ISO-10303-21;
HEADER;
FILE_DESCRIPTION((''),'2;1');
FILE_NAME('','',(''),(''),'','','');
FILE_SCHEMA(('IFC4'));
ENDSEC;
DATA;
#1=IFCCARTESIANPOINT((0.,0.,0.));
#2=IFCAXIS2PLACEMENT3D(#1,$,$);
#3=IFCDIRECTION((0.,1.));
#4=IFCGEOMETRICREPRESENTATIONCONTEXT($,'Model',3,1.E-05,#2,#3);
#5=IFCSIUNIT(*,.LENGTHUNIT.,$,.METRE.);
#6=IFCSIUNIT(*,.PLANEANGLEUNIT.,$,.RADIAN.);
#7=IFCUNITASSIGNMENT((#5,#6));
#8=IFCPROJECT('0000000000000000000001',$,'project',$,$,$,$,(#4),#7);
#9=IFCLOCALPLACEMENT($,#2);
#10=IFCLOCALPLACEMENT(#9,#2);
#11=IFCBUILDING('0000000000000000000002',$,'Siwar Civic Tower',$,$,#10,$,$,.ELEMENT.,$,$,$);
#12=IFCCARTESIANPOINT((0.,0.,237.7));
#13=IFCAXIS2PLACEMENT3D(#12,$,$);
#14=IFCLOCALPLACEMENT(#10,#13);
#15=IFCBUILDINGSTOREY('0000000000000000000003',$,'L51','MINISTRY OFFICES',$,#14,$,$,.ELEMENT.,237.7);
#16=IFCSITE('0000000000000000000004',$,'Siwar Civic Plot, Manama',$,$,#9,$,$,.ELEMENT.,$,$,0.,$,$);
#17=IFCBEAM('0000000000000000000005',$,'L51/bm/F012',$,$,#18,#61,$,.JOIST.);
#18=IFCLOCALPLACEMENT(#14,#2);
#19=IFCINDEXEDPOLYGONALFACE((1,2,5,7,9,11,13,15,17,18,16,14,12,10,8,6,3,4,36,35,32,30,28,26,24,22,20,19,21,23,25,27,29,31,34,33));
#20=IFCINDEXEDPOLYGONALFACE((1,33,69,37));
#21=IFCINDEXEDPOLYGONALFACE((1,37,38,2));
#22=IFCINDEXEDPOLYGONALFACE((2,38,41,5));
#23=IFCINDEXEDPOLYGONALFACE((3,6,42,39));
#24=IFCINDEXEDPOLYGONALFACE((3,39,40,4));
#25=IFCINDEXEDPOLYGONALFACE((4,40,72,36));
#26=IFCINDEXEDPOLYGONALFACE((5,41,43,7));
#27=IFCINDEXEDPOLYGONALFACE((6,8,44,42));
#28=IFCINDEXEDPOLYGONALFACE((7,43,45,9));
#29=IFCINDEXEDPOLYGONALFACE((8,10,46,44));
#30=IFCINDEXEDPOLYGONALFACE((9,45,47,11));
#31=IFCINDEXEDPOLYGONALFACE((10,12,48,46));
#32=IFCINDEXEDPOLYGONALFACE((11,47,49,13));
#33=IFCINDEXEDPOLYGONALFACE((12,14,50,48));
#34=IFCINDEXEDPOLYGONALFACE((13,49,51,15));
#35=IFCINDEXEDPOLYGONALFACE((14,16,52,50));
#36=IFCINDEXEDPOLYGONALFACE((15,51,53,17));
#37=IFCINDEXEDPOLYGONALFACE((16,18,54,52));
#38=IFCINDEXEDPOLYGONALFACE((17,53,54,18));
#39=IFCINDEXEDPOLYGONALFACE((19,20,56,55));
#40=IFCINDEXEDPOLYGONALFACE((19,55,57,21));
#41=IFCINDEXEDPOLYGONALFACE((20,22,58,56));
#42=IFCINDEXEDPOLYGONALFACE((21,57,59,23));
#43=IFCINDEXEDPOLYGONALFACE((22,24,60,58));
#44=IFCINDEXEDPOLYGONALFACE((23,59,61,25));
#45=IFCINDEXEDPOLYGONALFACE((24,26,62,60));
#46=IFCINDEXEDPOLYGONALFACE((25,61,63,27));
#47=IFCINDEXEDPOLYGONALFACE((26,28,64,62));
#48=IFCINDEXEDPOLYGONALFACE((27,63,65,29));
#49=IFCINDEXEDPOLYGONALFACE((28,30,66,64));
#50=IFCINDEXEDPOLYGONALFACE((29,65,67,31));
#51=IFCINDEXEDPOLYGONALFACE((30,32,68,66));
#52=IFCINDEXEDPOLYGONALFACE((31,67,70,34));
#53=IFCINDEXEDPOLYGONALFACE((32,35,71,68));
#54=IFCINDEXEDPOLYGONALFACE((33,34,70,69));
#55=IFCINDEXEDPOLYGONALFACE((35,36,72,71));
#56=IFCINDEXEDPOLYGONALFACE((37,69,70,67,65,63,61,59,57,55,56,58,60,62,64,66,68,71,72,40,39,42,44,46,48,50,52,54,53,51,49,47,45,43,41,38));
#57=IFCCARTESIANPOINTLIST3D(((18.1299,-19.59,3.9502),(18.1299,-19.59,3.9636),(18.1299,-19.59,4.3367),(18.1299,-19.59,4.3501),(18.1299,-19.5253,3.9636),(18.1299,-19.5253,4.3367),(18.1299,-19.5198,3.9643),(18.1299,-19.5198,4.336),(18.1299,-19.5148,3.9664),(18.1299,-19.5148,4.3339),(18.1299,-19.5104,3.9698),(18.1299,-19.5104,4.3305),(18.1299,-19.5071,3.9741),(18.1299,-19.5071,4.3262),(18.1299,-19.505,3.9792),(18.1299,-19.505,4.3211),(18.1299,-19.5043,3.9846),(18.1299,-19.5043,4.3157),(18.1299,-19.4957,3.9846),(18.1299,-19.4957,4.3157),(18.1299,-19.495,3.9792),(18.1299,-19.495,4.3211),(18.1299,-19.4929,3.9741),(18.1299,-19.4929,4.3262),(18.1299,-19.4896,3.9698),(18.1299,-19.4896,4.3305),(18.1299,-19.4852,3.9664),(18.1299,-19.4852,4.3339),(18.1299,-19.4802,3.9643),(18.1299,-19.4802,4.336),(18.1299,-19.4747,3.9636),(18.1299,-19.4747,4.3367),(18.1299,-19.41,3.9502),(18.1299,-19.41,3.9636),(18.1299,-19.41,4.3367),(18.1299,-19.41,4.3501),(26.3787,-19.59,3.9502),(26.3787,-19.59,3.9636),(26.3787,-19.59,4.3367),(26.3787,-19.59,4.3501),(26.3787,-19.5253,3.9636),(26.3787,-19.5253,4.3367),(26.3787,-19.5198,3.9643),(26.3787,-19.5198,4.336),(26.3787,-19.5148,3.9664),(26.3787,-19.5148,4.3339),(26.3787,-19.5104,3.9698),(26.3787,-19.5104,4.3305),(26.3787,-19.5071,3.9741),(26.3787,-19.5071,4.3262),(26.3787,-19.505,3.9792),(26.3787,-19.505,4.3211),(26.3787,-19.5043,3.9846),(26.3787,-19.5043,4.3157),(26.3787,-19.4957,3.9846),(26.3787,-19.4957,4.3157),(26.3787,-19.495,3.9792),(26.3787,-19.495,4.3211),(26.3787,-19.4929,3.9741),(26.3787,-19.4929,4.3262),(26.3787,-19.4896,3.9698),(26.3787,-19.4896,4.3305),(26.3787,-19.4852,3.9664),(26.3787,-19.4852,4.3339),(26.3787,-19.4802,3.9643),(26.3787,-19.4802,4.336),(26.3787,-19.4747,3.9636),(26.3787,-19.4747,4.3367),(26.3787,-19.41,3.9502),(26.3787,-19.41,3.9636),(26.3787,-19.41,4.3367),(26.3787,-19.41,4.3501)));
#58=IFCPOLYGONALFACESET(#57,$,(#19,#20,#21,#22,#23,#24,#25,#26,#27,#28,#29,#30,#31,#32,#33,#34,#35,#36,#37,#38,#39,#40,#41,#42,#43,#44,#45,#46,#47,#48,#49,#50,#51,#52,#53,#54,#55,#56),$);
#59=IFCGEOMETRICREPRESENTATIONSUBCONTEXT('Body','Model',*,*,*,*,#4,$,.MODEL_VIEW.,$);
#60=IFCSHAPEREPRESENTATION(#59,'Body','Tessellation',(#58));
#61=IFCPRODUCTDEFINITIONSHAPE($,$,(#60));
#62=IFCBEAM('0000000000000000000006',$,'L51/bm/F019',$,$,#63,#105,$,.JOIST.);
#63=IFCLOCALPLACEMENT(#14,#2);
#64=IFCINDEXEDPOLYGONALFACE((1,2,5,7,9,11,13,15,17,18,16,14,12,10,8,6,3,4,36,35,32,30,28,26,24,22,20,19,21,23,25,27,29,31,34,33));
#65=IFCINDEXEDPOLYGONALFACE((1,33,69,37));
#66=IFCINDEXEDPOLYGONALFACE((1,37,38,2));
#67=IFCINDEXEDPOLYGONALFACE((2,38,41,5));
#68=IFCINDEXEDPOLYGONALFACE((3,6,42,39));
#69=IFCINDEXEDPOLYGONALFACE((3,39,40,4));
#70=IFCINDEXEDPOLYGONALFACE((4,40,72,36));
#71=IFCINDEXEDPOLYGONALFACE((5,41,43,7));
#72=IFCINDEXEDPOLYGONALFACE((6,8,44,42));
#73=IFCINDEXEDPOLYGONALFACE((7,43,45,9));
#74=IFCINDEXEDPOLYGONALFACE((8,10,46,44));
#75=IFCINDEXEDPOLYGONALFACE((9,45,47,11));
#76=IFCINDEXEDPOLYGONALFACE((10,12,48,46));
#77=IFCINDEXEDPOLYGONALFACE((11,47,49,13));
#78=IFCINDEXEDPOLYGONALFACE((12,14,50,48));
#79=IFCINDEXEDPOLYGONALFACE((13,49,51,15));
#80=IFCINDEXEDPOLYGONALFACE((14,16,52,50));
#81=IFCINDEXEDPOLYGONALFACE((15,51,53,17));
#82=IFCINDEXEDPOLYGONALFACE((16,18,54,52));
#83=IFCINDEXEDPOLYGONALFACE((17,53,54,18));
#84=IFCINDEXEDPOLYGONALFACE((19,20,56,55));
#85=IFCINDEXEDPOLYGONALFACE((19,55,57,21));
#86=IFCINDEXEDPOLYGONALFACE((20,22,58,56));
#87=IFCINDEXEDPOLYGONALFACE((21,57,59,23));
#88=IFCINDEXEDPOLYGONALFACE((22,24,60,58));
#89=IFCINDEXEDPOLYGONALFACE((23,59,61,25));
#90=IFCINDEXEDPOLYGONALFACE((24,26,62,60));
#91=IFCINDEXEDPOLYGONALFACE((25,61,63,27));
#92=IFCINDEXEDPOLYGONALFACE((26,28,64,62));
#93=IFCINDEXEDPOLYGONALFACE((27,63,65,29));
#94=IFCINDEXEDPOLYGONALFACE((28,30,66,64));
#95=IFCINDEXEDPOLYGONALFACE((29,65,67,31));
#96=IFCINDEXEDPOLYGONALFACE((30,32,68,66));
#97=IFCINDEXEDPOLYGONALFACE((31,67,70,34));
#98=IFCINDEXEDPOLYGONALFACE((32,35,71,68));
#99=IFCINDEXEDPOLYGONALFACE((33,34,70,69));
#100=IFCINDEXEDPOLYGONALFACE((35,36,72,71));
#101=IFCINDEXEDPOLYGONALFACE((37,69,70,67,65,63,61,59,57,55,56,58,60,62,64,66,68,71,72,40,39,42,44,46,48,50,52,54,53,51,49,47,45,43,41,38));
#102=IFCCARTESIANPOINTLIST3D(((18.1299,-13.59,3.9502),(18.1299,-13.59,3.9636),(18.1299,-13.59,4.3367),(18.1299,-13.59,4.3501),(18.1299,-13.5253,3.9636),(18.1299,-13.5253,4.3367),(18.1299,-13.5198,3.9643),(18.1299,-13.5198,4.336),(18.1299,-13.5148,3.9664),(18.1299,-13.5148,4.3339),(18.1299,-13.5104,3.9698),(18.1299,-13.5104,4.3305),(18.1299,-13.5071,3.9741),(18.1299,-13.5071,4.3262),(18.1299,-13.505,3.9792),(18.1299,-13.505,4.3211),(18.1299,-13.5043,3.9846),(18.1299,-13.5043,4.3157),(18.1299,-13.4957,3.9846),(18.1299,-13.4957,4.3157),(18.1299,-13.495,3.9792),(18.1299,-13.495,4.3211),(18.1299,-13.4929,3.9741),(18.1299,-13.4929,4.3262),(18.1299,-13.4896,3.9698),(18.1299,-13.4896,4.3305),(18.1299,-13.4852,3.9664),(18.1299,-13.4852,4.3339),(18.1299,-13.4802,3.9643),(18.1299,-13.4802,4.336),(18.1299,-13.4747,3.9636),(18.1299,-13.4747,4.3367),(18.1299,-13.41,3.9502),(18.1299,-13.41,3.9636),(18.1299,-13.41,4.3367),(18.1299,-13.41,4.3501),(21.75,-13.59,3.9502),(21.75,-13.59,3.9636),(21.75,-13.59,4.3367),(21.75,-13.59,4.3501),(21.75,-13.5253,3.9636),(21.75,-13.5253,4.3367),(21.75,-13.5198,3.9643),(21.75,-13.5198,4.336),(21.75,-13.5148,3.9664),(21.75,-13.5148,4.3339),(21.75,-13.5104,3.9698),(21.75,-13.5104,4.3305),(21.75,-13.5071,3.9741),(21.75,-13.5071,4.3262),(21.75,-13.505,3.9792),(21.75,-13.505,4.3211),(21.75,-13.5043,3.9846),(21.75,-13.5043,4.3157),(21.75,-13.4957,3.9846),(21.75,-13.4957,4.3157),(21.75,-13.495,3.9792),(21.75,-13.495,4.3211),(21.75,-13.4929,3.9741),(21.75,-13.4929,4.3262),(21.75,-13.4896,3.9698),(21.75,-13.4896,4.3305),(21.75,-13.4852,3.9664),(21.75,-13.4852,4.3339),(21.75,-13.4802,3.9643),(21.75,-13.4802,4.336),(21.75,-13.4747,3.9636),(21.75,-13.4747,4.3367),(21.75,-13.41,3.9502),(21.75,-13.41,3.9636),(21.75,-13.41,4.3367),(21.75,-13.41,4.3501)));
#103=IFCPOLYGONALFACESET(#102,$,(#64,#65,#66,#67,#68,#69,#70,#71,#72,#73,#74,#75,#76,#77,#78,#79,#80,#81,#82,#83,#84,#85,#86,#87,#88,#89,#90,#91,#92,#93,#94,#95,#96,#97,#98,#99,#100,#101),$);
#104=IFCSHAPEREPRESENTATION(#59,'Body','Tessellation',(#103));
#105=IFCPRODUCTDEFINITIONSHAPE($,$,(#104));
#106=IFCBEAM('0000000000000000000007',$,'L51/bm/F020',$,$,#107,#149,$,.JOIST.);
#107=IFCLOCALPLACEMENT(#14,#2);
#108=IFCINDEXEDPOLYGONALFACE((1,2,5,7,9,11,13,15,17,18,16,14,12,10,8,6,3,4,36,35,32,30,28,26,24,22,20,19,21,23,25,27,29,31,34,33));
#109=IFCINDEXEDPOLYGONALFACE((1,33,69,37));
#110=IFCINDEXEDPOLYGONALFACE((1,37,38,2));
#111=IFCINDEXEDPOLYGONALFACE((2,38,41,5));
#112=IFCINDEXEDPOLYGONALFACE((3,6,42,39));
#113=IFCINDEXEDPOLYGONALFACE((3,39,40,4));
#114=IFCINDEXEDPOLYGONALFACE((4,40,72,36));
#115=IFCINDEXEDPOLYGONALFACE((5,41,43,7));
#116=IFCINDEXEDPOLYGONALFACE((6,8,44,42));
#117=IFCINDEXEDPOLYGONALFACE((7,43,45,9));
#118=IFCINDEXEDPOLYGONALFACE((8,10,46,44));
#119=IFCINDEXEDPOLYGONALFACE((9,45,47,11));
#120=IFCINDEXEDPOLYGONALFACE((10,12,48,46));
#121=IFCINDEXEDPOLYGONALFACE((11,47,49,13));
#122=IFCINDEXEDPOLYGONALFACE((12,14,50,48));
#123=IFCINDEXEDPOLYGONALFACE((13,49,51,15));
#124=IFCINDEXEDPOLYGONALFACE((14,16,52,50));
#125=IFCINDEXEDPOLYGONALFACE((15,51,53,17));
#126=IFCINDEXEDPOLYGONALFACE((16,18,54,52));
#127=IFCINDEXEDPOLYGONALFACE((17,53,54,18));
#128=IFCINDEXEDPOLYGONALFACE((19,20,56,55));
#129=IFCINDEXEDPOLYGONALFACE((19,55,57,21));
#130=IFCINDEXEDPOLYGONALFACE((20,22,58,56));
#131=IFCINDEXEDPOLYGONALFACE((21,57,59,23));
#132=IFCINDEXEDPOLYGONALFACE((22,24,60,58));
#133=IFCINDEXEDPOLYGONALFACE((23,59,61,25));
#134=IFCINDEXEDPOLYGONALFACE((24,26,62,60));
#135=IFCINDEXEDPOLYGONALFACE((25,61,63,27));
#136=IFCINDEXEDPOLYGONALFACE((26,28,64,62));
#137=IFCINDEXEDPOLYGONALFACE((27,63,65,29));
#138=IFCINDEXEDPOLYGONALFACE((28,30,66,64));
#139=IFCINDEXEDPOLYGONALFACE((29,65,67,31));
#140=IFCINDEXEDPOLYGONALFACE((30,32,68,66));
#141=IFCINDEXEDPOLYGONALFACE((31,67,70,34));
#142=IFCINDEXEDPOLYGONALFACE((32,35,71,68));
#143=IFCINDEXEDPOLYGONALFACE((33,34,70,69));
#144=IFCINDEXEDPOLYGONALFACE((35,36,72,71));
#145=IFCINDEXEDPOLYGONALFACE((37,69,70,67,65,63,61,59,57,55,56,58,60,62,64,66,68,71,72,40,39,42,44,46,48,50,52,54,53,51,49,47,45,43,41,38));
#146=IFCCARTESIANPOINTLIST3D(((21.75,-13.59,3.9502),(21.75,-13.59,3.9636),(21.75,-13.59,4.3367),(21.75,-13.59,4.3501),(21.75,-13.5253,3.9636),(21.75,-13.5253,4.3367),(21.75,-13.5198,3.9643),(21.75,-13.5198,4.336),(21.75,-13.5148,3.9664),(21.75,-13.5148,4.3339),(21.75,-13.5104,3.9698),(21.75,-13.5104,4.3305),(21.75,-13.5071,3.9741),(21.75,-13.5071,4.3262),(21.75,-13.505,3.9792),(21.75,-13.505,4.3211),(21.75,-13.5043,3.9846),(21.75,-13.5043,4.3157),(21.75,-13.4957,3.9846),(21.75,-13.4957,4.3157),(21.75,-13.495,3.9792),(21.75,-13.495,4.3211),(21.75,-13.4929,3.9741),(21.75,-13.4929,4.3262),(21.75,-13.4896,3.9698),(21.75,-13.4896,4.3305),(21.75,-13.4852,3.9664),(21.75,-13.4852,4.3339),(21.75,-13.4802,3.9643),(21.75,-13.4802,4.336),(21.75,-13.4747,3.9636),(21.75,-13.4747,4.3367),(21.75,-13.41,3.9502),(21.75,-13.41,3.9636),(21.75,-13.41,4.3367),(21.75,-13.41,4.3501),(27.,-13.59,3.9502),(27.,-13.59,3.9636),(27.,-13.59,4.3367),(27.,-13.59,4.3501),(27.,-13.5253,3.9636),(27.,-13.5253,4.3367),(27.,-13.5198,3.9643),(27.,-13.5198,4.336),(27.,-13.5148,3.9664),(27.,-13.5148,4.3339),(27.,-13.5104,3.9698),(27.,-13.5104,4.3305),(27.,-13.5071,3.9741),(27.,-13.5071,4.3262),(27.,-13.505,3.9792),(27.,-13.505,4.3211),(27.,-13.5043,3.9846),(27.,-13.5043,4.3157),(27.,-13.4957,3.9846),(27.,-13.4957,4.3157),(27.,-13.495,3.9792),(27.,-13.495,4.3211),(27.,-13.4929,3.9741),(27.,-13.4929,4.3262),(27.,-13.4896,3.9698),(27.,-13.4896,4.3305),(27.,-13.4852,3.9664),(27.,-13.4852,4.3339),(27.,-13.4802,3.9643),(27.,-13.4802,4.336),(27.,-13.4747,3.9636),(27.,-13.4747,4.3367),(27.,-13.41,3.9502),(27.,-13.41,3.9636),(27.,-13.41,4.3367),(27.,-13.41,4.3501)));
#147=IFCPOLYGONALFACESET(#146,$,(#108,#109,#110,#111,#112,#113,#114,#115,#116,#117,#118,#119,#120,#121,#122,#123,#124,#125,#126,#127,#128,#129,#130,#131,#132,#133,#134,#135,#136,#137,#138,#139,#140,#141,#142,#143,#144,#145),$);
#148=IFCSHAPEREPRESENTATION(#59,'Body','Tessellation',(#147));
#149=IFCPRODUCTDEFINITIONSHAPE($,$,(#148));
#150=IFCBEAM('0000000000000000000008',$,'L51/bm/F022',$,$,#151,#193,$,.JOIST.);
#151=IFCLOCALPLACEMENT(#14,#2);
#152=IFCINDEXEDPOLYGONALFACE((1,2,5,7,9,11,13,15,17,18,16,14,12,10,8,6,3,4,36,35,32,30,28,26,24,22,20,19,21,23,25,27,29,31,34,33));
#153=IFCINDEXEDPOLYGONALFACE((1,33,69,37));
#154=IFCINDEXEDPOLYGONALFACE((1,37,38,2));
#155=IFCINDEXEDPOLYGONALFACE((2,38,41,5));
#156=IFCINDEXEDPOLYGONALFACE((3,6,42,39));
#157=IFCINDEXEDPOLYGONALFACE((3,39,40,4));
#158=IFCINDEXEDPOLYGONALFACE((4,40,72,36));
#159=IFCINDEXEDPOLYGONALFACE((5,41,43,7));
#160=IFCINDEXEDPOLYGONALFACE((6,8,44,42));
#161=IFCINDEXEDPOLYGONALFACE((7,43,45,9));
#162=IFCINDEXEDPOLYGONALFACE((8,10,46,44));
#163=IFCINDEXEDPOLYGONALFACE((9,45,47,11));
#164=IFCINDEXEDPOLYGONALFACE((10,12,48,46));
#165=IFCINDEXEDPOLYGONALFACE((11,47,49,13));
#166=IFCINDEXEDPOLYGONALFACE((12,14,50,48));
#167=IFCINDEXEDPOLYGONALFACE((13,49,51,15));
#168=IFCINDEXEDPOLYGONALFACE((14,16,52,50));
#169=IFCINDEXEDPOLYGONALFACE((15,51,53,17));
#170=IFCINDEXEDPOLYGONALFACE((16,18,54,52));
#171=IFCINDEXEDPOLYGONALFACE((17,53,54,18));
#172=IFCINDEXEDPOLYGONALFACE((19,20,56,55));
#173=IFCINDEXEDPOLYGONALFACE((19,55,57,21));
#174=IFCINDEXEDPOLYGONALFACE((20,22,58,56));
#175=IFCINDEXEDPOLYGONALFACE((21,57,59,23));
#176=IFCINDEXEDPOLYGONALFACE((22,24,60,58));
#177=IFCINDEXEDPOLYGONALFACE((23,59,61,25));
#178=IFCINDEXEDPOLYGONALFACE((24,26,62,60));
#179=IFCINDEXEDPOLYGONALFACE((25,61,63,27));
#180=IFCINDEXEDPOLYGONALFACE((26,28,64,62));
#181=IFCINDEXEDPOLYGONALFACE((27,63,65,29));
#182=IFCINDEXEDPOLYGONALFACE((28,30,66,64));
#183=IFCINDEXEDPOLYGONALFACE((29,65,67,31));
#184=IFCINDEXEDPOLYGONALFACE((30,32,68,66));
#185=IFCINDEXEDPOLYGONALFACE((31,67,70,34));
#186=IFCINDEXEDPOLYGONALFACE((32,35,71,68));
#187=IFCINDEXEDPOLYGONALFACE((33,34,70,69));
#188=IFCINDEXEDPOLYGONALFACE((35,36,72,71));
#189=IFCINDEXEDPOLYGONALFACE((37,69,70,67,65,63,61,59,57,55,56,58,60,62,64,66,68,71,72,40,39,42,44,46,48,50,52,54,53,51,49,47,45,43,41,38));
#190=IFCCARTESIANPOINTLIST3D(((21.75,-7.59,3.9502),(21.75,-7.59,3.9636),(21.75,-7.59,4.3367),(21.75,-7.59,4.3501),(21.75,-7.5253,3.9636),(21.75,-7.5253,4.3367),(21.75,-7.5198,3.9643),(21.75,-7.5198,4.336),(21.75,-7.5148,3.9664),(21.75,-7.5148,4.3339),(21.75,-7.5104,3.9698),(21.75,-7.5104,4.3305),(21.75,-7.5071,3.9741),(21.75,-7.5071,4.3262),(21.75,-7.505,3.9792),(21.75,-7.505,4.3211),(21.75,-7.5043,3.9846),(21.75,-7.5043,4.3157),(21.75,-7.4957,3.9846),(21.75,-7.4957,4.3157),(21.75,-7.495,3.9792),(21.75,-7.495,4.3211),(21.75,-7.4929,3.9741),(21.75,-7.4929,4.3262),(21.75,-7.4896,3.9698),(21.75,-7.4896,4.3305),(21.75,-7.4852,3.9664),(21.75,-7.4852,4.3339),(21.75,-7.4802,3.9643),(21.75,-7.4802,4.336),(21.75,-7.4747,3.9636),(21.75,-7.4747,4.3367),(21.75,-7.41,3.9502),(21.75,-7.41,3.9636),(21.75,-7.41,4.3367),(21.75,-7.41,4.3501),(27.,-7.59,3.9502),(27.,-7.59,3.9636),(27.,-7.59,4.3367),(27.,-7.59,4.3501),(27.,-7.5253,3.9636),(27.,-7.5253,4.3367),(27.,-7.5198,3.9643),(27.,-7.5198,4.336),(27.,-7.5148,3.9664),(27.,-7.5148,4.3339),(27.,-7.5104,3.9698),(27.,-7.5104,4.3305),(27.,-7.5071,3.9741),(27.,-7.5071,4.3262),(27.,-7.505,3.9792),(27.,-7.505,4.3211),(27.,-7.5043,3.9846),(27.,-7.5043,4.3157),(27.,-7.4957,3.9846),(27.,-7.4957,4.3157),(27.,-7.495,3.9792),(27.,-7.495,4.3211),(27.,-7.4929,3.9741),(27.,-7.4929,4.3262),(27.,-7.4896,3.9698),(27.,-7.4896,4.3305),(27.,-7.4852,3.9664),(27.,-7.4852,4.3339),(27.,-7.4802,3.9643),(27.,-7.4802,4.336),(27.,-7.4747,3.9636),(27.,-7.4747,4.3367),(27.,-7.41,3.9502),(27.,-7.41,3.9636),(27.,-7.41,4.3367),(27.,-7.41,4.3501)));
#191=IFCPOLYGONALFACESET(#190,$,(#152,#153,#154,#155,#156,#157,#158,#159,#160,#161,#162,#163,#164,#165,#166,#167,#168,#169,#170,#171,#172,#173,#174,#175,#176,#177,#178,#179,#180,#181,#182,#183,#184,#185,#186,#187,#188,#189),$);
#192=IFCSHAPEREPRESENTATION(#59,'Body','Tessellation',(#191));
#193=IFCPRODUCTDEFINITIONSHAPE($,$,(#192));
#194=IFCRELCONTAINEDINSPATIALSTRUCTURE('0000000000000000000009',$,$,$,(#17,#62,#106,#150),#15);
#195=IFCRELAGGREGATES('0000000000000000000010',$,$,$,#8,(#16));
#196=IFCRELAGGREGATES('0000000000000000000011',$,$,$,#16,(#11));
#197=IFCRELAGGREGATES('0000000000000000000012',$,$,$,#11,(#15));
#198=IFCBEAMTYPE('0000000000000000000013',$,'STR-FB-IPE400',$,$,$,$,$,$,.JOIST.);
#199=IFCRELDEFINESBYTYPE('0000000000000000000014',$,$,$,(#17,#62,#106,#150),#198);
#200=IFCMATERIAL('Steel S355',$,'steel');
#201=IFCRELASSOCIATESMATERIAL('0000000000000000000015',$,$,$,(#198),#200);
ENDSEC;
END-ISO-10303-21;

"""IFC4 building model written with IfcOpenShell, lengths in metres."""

from ifc_helpers import new_model, si_unit, direction, frame, origin, origin_2d, place, context, subcontext, project, spatial, i_section, extrude, material, material_profile, profile_set, type_object, element, save


model = new_model("IFC4")

# Units and contexts
model_context = context("Model", 3, precision=1e-05, world=origin(), true_north=direction((0.0, 1.0)))
body_context = subcontext(model_context, "Body", "Model", "MODEL_VIEW")
ifc_project = project(units=[si_unit("LENGTHUNIT", "METRE"), si_unit("PLANEANGLEUNIT", "RADIAN")], contexts=[model_context])

# Site, building, storey
site_placement = place(None, origin())
site = spatial("IfcSite", under=ifc_project, at=site_placement, Name="Siwar Civic Plot, Manama", CompositionType="ELEMENT", RefElevation=0.0)
building_placement = place(site_placement, origin())
building = spatial("IfcBuilding", under=site, at=building_placement, Name="Siwar Civic Tower", CompositionType="ELEMENT")
storey_placement = place(building_placement, frame((0.0, 0.0, 237.7)))
storey = spatial("IfcBuildingStorey", under=building, at=storey_placement, Name="L51", Description="MINISTRY OFFICES", CompositionType="ELEMENT", Elevation=237.7)

# Beams
ifc_material_1 = material(Name="Steel S355", Category="steel")
ifc_material_profile_1 = material_profile(ifc_material_1, i_section(OverallWidth=0.1799, OverallDepth=0.3999, WebThickness=0.0085, FlangeThickness=0.0134, FilletRadius=0.021, at=origin_2d()), Name="IPE400")
ifc_profile_set_1 = profile_set([ifc_material_profile_1], Name="Steel S355")
beam_type_1 = type_object("IfcBeamType", Name="STR-FB-IPE400", PredefinedType="JOIST", material=ifc_profile_set_1)
beam_1_placement = place(storey_placement, frame((18.1299, -19.5, 4.1501), z_axis=(1.0, 0.0, 0.0), x_axis=(0.0, 1.0, 0.0)))
element("IfcBeam", 1, at=beam_1_placement, inside=storey, type_object=beam_type_1, Name="L51/bm/F012", PredefinedType="JOIST", context=body_context, shape_type="SweptSolid", body=[
    extrude(i_section(OverallWidth=0.1799, OverallDepth=0.3999, WebThickness=0.0085, FlangeThickness=0.0134, FilletRadius=0.021, at=origin_2d()), origin(), (0.0, 0.0, 1.0), 8.2488),
])
beam_2_placement = place(storey_placement, frame((18.1299, -13.5, 4.1501), z_axis=(1.0, 0.0, 0.0), x_axis=(0.0, 1.0, 0.0)))
element("IfcBeam", 2, at=beam_2_placement, inside=storey, type_object=beam_type_1, Name="L51/bm/F019", PredefinedType="JOIST", context=body_context, shape_type="SweptSolid", body=[
    extrude(i_section(OverallWidth=0.1799, OverallDepth=0.3999, WebThickness=0.0085, FlangeThickness=0.0134, FilletRadius=0.021, at=origin_2d()), origin(), (0.0, 0.0, 1.0), 3.6201),
])
for number, where, z_axis, x_axis, name in (
    (3, (21.75, -13.5, 4.1501), (1.0, 0.0, 0.0), (0.0, 1.0, 0.0), "L51/bm/F020"),
    (4, (21.75, -7.5, 4.1501), (1.0, 0.0, 0.0), (0.0, 1.0, 0.0), "L51/bm/F022"),
):
    element("IfcBeam", number, at=place(storey_placement, frame(where, z_axis=z_axis, x_axis=x_axis)), inside=storey, type_object=beam_type_1, Name=name, PredefinedType="JOIST", context=body_context, shape_type="SweptSolid", body=[
        extrude(i_section(OverallWidth=0.1799, OverallDepth=0.3999, WebThickness=0.0085, FlangeThickness=0.0134, FilletRadius=0.021, at=origin_2d()), origin(), (0.0, 0.0, 1.0), 5.25),
    ])

save(model, "model.ifc")
